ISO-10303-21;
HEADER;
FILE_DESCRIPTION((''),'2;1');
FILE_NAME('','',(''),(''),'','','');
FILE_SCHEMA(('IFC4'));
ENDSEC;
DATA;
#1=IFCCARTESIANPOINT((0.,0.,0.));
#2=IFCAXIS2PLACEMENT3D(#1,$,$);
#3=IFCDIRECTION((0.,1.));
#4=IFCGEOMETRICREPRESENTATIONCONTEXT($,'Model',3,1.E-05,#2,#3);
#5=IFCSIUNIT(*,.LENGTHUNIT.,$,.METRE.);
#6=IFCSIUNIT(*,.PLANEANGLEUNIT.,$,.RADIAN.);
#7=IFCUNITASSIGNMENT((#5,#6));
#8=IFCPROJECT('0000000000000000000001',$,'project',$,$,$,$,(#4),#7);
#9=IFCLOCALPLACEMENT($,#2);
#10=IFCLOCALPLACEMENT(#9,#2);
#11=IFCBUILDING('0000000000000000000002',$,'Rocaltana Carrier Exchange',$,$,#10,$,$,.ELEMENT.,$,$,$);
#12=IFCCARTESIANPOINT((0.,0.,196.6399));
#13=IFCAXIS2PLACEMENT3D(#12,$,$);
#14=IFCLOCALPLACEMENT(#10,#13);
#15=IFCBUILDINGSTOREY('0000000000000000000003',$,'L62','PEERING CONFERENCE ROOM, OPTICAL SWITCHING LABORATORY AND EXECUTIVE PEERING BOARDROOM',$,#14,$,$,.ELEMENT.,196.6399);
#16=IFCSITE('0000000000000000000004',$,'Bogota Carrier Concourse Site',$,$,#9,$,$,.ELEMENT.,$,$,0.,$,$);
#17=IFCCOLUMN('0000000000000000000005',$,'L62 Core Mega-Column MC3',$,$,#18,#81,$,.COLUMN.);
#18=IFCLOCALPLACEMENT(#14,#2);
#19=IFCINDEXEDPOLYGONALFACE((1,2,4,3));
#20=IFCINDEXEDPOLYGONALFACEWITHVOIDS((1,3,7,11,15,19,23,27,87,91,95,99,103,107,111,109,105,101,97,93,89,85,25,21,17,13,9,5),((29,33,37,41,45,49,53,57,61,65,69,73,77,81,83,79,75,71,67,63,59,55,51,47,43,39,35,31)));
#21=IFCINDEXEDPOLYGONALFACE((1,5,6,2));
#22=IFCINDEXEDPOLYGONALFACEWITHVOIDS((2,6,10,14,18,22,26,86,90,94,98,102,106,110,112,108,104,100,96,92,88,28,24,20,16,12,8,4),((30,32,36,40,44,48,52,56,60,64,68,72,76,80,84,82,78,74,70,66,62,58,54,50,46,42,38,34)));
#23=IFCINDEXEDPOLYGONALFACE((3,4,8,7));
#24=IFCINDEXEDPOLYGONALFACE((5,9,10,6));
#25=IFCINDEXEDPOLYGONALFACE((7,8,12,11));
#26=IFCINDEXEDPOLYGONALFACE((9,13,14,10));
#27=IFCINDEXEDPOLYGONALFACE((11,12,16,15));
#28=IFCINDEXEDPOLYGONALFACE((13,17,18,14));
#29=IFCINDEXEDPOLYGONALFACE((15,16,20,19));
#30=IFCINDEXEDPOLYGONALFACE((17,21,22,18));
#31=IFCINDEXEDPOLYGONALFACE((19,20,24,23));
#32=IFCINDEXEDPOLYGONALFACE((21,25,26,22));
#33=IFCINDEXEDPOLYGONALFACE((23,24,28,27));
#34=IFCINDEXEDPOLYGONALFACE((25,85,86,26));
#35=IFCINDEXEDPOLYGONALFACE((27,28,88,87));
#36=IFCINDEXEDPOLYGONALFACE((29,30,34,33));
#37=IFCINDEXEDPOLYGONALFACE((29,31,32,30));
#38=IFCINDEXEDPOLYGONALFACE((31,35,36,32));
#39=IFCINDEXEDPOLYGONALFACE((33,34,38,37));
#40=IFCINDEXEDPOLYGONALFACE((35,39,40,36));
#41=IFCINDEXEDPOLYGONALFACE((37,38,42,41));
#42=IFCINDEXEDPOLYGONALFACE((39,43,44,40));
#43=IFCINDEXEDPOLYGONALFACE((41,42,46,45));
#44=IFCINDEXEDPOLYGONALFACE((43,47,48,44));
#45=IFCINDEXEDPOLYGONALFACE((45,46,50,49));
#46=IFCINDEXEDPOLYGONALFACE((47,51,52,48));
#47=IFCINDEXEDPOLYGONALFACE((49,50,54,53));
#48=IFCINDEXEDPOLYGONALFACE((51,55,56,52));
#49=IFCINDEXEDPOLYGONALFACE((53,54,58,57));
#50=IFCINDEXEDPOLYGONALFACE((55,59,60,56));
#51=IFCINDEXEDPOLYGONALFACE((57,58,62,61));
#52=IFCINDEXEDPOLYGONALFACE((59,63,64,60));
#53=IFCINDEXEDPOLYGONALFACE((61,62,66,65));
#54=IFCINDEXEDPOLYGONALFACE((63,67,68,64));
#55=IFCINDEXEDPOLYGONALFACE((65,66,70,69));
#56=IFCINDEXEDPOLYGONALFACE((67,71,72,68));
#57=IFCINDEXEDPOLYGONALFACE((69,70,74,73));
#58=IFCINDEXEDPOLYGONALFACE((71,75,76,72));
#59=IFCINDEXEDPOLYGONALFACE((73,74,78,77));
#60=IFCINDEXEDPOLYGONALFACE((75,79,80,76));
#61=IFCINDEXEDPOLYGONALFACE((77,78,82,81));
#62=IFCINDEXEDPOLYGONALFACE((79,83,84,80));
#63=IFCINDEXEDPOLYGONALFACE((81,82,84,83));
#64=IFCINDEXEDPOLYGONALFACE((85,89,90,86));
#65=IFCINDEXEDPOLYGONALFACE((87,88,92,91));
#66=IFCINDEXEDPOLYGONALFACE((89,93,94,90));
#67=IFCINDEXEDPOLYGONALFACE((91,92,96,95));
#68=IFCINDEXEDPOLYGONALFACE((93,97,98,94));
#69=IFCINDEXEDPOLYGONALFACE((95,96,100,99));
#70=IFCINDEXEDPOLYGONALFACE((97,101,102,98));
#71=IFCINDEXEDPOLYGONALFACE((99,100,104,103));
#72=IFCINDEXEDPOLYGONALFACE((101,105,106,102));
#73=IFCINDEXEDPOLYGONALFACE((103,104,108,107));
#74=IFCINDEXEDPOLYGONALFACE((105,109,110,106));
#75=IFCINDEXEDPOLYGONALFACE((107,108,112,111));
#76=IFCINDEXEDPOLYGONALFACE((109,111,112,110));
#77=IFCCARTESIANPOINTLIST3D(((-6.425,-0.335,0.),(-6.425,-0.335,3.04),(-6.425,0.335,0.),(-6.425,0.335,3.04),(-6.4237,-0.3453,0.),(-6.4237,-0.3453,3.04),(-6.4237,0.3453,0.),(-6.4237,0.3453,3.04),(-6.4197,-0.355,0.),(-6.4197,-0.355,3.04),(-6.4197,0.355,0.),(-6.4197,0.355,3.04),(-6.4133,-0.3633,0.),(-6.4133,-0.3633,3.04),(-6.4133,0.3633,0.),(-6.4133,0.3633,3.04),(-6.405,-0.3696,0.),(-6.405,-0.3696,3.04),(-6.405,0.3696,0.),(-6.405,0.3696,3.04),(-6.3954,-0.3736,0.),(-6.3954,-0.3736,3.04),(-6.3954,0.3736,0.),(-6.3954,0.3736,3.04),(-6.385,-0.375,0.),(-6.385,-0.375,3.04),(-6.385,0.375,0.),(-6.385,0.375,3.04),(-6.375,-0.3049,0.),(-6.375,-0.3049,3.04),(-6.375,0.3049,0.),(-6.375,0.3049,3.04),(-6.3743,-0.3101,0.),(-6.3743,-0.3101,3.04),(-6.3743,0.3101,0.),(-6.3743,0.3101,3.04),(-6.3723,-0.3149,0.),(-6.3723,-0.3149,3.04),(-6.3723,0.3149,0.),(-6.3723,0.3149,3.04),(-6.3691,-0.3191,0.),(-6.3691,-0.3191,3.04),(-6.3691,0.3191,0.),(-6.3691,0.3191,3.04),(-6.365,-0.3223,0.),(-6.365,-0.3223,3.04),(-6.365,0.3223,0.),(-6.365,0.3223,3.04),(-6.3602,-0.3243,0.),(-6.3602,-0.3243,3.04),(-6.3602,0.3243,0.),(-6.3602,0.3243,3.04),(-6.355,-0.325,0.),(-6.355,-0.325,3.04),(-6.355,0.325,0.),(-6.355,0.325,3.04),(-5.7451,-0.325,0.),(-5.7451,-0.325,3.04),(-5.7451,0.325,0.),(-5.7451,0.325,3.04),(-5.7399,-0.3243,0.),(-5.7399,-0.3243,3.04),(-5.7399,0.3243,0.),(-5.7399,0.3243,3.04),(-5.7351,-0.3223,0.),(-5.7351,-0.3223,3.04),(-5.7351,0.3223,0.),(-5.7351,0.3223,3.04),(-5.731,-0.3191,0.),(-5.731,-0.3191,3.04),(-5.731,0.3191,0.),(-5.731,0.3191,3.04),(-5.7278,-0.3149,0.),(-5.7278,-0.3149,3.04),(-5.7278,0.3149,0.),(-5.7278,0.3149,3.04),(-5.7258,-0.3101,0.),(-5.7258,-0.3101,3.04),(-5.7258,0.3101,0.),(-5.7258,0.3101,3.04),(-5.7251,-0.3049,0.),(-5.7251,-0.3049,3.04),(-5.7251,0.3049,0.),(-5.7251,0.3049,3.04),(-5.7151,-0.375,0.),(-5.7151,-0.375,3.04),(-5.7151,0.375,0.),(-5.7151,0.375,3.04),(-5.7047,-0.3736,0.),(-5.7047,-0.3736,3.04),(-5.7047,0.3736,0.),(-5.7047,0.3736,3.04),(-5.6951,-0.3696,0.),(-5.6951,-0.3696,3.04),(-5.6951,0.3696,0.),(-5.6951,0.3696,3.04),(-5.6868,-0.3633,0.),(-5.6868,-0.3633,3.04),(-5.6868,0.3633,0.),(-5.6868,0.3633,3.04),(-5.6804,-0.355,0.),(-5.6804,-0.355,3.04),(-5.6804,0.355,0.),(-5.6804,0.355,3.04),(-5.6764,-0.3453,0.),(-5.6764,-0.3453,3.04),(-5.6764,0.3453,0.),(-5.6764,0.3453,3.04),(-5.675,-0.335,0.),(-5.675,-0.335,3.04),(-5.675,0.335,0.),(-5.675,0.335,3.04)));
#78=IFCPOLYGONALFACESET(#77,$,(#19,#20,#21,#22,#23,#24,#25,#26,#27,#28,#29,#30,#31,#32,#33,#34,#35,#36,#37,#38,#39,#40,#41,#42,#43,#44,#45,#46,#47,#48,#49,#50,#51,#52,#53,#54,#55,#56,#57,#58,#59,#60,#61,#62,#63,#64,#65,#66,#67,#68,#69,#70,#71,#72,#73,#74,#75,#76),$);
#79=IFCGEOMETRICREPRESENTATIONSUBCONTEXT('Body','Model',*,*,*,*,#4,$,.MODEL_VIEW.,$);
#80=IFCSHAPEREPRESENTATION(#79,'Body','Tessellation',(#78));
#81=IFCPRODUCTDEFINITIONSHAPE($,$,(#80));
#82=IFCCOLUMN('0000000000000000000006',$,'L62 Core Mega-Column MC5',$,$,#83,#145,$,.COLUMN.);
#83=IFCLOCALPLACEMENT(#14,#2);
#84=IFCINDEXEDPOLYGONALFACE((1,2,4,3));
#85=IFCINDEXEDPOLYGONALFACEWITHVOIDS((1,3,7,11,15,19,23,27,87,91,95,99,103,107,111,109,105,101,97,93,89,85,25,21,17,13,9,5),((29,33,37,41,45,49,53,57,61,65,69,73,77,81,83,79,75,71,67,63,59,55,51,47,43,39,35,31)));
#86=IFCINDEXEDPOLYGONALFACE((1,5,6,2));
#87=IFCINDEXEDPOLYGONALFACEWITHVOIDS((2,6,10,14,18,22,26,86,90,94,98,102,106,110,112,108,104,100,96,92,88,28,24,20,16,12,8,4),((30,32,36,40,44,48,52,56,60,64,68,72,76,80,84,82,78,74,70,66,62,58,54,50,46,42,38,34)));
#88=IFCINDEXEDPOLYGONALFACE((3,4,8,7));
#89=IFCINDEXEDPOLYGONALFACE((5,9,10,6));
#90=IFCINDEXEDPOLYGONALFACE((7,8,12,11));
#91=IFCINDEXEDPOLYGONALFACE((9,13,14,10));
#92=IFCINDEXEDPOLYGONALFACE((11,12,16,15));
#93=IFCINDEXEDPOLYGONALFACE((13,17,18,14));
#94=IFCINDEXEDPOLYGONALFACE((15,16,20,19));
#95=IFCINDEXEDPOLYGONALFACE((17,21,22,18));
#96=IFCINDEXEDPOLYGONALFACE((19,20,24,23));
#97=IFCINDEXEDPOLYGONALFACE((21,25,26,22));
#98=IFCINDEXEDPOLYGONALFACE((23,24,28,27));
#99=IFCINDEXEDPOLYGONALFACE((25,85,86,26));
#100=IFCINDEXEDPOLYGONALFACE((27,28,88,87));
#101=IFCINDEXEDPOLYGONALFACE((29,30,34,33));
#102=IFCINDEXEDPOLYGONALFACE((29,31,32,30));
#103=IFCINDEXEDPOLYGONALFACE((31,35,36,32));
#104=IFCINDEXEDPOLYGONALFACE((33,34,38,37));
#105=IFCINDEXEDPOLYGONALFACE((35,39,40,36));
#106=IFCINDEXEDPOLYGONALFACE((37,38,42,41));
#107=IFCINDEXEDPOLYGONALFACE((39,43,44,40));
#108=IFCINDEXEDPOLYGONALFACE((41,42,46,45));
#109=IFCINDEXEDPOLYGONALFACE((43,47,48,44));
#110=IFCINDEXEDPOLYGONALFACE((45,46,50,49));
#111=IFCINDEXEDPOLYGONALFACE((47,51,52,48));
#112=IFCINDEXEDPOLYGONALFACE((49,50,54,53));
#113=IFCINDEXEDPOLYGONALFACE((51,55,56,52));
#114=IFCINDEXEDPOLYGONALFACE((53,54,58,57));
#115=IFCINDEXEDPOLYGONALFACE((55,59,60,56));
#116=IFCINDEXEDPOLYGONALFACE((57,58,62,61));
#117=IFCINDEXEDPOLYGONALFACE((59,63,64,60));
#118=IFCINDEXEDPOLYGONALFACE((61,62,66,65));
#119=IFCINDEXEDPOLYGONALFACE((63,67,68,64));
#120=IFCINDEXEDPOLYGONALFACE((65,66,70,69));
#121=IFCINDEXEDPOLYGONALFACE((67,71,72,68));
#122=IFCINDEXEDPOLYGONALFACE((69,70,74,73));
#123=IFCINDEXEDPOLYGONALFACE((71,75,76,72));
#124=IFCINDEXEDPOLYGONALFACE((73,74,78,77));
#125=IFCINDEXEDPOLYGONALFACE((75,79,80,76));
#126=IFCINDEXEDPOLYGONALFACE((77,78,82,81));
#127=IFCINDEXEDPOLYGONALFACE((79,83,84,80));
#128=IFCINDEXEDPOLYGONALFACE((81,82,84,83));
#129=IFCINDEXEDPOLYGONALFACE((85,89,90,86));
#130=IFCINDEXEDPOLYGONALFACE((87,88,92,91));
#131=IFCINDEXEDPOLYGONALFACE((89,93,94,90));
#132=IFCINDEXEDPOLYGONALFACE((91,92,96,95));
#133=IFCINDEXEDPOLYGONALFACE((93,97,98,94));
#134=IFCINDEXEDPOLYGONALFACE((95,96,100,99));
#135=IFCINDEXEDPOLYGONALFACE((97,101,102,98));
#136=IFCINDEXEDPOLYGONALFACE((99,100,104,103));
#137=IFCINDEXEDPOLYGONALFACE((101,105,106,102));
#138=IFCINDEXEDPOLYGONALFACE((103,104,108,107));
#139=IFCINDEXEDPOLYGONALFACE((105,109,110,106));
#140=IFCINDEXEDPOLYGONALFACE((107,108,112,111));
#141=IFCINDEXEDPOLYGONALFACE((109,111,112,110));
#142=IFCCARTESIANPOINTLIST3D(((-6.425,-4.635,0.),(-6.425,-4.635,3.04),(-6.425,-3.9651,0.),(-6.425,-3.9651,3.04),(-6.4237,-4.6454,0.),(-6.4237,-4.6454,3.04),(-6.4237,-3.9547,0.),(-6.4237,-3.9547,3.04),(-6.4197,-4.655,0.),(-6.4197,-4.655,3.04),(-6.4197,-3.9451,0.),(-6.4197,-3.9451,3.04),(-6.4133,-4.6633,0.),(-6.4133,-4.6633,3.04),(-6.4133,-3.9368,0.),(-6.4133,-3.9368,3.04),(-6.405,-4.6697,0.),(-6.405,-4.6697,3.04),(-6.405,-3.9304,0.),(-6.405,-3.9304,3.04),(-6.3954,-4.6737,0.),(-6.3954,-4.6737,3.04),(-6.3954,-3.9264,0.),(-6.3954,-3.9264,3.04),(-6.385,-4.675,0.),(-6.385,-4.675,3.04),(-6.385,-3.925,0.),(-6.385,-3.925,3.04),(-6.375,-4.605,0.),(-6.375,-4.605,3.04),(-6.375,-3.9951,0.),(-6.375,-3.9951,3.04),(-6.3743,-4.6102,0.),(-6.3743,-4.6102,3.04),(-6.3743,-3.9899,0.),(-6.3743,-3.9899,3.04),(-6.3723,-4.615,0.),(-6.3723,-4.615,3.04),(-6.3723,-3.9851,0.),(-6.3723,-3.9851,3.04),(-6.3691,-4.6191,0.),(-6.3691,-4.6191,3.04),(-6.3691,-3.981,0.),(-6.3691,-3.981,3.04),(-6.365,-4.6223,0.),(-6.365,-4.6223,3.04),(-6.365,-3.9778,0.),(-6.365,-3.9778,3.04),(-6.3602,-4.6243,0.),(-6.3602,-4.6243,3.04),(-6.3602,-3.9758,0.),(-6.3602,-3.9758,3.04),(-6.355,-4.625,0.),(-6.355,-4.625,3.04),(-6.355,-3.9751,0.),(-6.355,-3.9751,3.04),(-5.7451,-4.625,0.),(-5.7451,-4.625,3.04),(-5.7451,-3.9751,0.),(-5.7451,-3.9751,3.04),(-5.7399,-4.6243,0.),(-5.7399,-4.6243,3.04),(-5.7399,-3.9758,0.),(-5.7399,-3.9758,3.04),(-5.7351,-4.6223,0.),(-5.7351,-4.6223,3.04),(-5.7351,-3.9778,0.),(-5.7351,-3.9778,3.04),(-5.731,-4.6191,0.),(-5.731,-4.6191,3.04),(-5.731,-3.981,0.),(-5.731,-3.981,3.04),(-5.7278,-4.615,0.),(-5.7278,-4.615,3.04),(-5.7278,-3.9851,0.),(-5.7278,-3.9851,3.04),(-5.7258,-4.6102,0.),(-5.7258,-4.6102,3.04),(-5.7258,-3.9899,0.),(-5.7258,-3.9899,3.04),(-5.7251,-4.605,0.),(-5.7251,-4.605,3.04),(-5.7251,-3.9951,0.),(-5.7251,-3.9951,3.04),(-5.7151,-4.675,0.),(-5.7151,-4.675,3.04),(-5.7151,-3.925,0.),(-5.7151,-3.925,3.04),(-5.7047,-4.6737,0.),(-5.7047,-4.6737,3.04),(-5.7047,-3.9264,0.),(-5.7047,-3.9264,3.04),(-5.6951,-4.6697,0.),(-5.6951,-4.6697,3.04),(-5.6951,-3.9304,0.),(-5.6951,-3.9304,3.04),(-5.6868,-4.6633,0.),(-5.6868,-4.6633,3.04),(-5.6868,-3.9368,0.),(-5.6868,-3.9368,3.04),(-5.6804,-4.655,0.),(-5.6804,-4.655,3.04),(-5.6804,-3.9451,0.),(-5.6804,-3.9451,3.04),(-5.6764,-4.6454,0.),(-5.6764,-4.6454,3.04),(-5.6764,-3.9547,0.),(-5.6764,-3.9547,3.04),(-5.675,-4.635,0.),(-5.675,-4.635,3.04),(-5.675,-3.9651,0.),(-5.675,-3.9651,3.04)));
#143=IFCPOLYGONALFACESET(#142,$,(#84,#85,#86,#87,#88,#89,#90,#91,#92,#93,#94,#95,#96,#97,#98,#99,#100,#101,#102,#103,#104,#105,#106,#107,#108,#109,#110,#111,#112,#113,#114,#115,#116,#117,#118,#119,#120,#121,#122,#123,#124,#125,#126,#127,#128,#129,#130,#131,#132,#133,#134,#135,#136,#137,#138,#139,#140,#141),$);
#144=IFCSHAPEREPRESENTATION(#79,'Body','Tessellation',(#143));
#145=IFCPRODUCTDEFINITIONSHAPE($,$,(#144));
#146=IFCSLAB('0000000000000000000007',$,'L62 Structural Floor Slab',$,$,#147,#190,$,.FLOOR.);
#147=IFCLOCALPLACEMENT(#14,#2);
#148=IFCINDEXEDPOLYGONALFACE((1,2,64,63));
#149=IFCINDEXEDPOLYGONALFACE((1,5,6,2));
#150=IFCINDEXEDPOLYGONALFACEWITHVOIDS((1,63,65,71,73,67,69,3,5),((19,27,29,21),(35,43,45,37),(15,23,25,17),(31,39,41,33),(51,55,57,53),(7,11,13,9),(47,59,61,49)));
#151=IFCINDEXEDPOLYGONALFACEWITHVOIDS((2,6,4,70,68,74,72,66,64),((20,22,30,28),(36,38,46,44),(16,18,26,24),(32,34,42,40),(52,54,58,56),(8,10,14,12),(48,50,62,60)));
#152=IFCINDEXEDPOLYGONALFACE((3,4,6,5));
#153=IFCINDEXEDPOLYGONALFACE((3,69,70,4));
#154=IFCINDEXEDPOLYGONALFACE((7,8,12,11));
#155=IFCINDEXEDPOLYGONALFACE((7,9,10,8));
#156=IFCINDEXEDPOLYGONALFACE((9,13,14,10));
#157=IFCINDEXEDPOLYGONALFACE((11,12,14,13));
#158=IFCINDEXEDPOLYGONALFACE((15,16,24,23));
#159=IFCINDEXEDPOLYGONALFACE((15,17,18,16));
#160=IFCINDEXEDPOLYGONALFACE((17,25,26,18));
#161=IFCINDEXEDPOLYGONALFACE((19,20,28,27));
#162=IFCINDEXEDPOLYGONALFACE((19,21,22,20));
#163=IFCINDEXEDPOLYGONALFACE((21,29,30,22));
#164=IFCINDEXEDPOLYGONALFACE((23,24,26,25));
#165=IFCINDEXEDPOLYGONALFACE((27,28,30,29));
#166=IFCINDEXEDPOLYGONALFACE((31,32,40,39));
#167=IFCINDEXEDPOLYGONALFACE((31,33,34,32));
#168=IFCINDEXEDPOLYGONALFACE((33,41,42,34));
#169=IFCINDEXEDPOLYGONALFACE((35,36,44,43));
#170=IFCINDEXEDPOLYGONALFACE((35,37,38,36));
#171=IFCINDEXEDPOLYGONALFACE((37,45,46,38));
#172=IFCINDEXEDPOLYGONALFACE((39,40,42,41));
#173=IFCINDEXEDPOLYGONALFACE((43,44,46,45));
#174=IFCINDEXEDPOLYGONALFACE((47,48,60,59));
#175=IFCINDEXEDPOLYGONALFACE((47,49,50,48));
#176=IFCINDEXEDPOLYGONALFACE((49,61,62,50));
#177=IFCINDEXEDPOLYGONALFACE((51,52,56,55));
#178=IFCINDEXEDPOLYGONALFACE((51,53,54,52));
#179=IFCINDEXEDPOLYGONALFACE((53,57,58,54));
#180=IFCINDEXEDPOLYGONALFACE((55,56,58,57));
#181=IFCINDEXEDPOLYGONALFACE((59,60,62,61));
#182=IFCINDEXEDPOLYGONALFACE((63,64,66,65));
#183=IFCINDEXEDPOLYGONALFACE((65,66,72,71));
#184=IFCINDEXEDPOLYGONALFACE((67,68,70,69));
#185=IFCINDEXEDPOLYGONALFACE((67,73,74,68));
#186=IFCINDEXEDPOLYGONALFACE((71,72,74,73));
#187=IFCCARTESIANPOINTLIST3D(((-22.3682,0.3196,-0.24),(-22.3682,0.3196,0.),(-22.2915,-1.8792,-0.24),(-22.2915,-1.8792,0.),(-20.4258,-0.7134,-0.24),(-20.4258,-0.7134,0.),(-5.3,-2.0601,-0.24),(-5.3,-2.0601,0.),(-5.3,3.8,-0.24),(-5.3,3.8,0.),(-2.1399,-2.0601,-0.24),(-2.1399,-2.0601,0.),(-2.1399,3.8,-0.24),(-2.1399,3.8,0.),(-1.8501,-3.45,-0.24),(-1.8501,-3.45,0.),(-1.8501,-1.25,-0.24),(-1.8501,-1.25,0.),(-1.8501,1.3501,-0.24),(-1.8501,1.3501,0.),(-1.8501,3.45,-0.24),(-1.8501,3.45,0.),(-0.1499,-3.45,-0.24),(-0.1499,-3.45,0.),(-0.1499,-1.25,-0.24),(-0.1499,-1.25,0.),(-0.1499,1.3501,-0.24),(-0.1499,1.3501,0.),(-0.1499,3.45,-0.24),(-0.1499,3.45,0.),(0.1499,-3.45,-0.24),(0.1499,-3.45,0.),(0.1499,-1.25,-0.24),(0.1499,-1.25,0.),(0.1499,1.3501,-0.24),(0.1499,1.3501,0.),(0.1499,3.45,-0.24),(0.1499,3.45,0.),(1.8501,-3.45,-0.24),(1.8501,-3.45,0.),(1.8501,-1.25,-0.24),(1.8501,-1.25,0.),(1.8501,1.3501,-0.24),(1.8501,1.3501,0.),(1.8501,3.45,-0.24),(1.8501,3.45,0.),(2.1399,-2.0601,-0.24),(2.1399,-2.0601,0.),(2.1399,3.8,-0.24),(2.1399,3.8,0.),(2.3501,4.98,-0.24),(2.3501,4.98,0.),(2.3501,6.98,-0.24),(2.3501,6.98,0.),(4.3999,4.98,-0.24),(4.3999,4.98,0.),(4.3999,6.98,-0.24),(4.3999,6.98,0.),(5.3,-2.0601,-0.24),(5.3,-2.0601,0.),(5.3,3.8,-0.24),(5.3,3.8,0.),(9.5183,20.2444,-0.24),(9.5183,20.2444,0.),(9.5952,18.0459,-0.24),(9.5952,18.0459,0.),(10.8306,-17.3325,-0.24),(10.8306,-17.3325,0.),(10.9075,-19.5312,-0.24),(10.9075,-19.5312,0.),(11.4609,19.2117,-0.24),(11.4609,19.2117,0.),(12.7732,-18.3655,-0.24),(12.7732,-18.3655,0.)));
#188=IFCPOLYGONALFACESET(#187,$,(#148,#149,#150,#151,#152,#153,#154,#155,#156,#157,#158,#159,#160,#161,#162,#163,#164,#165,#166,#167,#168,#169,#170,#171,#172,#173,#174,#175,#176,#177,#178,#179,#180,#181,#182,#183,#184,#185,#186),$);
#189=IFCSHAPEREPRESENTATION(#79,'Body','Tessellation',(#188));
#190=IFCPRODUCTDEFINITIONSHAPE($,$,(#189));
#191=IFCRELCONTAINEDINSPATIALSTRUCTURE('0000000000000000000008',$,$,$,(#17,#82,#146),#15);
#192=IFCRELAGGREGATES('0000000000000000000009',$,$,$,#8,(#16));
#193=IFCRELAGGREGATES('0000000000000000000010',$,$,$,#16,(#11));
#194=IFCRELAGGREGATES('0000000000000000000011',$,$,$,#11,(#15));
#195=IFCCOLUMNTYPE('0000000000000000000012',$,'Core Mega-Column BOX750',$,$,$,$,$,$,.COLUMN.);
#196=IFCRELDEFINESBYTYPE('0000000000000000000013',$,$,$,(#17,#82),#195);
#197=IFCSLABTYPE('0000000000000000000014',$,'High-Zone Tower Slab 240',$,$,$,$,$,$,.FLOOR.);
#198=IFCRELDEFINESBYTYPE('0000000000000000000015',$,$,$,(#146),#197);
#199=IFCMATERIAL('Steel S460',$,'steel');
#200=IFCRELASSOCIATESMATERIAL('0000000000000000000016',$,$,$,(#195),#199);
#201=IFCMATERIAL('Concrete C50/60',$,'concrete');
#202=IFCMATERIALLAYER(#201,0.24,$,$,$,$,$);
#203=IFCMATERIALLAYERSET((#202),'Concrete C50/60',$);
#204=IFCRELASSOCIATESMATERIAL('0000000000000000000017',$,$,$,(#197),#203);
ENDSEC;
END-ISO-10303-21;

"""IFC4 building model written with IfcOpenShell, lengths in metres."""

from ifc_helpers import new_model, si_unit, direction, frame, origin, origin_2d, place, context, subcontext, project, spatial, polyline, hollow_rectangle, outline, extrude, material, layer, layer_set, material_profile, profile_set, type_object, element, save


model = new_model("IFC4")

# Units and contexts
model_context = context("Model", 3, precision=1e-05, world=origin(), true_north=direction((0.0, 1.0)))
body_context = subcontext(model_context, "Body", "Model", "MODEL_VIEW")
ifc_project = project(units=[si_unit("LENGTHUNIT", "METRE"), si_unit("PLANEANGLEUNIT", "RADIAN")], contexts=[model_context])

# Site, building, storey
site_placement = place(None, origin())
site = spatial("IfcSite", under=ifc_project, at=site_placement, Name="Bogota Carrier Concourse Site", CompositionType="ELEMENT", RefElevation=0.0)
building_placement = place(site_placement, origin())
building = spatial("IfcBuilding", under=site, at=building_placement, Name="Rocaltana Carrier Exchange", CompositionType="ELEMENT")
storey_placement = place(building_placement, frame((0.0, 0.0, 196.6399)))
storey = spatial("IfcBuildingStorey", under=building, at=storey_placement, Name="L62", Description="PEERING CONFERENCE ROOM, OPTICAL SWITCHING LABORATORY AND EXECUTIVE PEERING BOARDROOM", CompositionType="ELEMENT", Elevation=196.6399)

# Columns
ifc_material_1 = material(Name="Steel S460", Category="steel")
ifc_material_profile = material_profile(ifc_material_1, hollow_rectangle(XDim=0.75, YDim=0.75, WallThickness=0.05, InnerFilletRadius=0.02, OuterFilletRadius=0.04, at=origin_2d()), Name="BOX750X750X50")
ifc_profile_set = profile_set([ifc_material_profile], Name="Steel S460")
column_type = type_object("IfcColumnType", Name="Core Mega-Column BOX750", PredefinedType="COLUMN", material=ifc_profile_set)
for number, where, z_axis, x_axis, name in (
    (1, (-6.05, 0.0, 0.0), (0.0, 0.0, 1.0), (1.0, 0.0, 0.0), "L62 Core Mega-Column MC3"),
    (2, (-6.05, -4.3, 0.0), (0.0, 0.0, 1.0), (1.0, 0.0, 0.0), "L62 Core Mega-Column MC5"),
):
    element("IfcColumn", number, at=place(storey_placement, frame(where, z_axis=z_axis, x_axis=x_axis)), inside=storey, type_object=column_type, Name=name, PredefinedType="COLUMN", context=body_context, shape_type="SweptSolid", body=[
        extrude(hollow_rectangle(XDim=0.75, YDim=0.75, WallThickness=0.05, InnerFilletRadius=0.02, OuterFilletRadius=0.04, at=origin_2d()), origin(), (0.0, 0.0, 1.0), 3.04),
    ])

# Slab
ifc_material_2 = material(Name="Concrete C50/60", Category="concrete")
ifc_layer_1 = layer(ifc_material_2, 0.24)
ifc_layer_set_1 = layer_set([ifc_layer_1], Name="Concrete C50/60")
slab_type = type_object("IfcSlabType", Name="High-Zone Tower Slab 240", PredefinedType="FLOOR", material=ifc_layer_set_1)
slab_placement = place(storey_placement, frame((0.0, 0.0, -0.24)))
element("IfcSlab", 3, at=slab_placement, inside=storey, type_object=slab_type, Name="L62 Structural Floor Slab", PredefinedType="FLOOR", context=body_context, shape_type="SweptSolid", body=[
    extrude(outline(polyline([(10.9075, -19.5312), (10.8306, -17.3325), (12.7732, -18.3655), (11.4609, 19.2117), (9.5952, 18.0459), (9.5183, 20.2444), (-22.3682, 0.3196), (-20.4258, -0.7134), (-22.2915, -1.8792), (10.9075, -19.5312)]), holes=[polyline([(-5.3, -2.0601), (-2.1399, -2.0601), (-2.1399, 3.8), (-5.3, 3.8), (-5.3, -2.0601)]), polyline([(2.1399, -2.0601), (5.3, -2.0601), (5.3, 3.8), (2.1399, 3.8), (2.1399, -2.0601)]), polyline([(-1.8501, -3.45), (-0.1499, -3.45), (-0.1499, -1.25), (-1.8501, -1.25), (-1.8501, -3.45)]), polyline([(0.1499, -3.45), (1.8501, -3.45), (1.8501, -1.25), (0.1499, -1.25), (0.1499, -3.45)]), polyline([(2.3501, 4.98), (4.3999, 4.98), (4.3999, 6.98), (2.3501, 6.98), (2.3501, 4.98)]), polyline([(-1.8501, 1.3501), (-0.1499, 1.3501), (-0.1499, 3.45), (-1.8501, 3.45), (-1.8501, 1.3501)]), polyline([(0.1499, 1.3501), (1.8501, 1.3501), (1.8501, 3.45), (0.1499, 3.45), (0.1499, 1.3501)])]), origin(), (0.0, 0.0, 1.0), 0.24),
])

save(model, "model.ifc")
